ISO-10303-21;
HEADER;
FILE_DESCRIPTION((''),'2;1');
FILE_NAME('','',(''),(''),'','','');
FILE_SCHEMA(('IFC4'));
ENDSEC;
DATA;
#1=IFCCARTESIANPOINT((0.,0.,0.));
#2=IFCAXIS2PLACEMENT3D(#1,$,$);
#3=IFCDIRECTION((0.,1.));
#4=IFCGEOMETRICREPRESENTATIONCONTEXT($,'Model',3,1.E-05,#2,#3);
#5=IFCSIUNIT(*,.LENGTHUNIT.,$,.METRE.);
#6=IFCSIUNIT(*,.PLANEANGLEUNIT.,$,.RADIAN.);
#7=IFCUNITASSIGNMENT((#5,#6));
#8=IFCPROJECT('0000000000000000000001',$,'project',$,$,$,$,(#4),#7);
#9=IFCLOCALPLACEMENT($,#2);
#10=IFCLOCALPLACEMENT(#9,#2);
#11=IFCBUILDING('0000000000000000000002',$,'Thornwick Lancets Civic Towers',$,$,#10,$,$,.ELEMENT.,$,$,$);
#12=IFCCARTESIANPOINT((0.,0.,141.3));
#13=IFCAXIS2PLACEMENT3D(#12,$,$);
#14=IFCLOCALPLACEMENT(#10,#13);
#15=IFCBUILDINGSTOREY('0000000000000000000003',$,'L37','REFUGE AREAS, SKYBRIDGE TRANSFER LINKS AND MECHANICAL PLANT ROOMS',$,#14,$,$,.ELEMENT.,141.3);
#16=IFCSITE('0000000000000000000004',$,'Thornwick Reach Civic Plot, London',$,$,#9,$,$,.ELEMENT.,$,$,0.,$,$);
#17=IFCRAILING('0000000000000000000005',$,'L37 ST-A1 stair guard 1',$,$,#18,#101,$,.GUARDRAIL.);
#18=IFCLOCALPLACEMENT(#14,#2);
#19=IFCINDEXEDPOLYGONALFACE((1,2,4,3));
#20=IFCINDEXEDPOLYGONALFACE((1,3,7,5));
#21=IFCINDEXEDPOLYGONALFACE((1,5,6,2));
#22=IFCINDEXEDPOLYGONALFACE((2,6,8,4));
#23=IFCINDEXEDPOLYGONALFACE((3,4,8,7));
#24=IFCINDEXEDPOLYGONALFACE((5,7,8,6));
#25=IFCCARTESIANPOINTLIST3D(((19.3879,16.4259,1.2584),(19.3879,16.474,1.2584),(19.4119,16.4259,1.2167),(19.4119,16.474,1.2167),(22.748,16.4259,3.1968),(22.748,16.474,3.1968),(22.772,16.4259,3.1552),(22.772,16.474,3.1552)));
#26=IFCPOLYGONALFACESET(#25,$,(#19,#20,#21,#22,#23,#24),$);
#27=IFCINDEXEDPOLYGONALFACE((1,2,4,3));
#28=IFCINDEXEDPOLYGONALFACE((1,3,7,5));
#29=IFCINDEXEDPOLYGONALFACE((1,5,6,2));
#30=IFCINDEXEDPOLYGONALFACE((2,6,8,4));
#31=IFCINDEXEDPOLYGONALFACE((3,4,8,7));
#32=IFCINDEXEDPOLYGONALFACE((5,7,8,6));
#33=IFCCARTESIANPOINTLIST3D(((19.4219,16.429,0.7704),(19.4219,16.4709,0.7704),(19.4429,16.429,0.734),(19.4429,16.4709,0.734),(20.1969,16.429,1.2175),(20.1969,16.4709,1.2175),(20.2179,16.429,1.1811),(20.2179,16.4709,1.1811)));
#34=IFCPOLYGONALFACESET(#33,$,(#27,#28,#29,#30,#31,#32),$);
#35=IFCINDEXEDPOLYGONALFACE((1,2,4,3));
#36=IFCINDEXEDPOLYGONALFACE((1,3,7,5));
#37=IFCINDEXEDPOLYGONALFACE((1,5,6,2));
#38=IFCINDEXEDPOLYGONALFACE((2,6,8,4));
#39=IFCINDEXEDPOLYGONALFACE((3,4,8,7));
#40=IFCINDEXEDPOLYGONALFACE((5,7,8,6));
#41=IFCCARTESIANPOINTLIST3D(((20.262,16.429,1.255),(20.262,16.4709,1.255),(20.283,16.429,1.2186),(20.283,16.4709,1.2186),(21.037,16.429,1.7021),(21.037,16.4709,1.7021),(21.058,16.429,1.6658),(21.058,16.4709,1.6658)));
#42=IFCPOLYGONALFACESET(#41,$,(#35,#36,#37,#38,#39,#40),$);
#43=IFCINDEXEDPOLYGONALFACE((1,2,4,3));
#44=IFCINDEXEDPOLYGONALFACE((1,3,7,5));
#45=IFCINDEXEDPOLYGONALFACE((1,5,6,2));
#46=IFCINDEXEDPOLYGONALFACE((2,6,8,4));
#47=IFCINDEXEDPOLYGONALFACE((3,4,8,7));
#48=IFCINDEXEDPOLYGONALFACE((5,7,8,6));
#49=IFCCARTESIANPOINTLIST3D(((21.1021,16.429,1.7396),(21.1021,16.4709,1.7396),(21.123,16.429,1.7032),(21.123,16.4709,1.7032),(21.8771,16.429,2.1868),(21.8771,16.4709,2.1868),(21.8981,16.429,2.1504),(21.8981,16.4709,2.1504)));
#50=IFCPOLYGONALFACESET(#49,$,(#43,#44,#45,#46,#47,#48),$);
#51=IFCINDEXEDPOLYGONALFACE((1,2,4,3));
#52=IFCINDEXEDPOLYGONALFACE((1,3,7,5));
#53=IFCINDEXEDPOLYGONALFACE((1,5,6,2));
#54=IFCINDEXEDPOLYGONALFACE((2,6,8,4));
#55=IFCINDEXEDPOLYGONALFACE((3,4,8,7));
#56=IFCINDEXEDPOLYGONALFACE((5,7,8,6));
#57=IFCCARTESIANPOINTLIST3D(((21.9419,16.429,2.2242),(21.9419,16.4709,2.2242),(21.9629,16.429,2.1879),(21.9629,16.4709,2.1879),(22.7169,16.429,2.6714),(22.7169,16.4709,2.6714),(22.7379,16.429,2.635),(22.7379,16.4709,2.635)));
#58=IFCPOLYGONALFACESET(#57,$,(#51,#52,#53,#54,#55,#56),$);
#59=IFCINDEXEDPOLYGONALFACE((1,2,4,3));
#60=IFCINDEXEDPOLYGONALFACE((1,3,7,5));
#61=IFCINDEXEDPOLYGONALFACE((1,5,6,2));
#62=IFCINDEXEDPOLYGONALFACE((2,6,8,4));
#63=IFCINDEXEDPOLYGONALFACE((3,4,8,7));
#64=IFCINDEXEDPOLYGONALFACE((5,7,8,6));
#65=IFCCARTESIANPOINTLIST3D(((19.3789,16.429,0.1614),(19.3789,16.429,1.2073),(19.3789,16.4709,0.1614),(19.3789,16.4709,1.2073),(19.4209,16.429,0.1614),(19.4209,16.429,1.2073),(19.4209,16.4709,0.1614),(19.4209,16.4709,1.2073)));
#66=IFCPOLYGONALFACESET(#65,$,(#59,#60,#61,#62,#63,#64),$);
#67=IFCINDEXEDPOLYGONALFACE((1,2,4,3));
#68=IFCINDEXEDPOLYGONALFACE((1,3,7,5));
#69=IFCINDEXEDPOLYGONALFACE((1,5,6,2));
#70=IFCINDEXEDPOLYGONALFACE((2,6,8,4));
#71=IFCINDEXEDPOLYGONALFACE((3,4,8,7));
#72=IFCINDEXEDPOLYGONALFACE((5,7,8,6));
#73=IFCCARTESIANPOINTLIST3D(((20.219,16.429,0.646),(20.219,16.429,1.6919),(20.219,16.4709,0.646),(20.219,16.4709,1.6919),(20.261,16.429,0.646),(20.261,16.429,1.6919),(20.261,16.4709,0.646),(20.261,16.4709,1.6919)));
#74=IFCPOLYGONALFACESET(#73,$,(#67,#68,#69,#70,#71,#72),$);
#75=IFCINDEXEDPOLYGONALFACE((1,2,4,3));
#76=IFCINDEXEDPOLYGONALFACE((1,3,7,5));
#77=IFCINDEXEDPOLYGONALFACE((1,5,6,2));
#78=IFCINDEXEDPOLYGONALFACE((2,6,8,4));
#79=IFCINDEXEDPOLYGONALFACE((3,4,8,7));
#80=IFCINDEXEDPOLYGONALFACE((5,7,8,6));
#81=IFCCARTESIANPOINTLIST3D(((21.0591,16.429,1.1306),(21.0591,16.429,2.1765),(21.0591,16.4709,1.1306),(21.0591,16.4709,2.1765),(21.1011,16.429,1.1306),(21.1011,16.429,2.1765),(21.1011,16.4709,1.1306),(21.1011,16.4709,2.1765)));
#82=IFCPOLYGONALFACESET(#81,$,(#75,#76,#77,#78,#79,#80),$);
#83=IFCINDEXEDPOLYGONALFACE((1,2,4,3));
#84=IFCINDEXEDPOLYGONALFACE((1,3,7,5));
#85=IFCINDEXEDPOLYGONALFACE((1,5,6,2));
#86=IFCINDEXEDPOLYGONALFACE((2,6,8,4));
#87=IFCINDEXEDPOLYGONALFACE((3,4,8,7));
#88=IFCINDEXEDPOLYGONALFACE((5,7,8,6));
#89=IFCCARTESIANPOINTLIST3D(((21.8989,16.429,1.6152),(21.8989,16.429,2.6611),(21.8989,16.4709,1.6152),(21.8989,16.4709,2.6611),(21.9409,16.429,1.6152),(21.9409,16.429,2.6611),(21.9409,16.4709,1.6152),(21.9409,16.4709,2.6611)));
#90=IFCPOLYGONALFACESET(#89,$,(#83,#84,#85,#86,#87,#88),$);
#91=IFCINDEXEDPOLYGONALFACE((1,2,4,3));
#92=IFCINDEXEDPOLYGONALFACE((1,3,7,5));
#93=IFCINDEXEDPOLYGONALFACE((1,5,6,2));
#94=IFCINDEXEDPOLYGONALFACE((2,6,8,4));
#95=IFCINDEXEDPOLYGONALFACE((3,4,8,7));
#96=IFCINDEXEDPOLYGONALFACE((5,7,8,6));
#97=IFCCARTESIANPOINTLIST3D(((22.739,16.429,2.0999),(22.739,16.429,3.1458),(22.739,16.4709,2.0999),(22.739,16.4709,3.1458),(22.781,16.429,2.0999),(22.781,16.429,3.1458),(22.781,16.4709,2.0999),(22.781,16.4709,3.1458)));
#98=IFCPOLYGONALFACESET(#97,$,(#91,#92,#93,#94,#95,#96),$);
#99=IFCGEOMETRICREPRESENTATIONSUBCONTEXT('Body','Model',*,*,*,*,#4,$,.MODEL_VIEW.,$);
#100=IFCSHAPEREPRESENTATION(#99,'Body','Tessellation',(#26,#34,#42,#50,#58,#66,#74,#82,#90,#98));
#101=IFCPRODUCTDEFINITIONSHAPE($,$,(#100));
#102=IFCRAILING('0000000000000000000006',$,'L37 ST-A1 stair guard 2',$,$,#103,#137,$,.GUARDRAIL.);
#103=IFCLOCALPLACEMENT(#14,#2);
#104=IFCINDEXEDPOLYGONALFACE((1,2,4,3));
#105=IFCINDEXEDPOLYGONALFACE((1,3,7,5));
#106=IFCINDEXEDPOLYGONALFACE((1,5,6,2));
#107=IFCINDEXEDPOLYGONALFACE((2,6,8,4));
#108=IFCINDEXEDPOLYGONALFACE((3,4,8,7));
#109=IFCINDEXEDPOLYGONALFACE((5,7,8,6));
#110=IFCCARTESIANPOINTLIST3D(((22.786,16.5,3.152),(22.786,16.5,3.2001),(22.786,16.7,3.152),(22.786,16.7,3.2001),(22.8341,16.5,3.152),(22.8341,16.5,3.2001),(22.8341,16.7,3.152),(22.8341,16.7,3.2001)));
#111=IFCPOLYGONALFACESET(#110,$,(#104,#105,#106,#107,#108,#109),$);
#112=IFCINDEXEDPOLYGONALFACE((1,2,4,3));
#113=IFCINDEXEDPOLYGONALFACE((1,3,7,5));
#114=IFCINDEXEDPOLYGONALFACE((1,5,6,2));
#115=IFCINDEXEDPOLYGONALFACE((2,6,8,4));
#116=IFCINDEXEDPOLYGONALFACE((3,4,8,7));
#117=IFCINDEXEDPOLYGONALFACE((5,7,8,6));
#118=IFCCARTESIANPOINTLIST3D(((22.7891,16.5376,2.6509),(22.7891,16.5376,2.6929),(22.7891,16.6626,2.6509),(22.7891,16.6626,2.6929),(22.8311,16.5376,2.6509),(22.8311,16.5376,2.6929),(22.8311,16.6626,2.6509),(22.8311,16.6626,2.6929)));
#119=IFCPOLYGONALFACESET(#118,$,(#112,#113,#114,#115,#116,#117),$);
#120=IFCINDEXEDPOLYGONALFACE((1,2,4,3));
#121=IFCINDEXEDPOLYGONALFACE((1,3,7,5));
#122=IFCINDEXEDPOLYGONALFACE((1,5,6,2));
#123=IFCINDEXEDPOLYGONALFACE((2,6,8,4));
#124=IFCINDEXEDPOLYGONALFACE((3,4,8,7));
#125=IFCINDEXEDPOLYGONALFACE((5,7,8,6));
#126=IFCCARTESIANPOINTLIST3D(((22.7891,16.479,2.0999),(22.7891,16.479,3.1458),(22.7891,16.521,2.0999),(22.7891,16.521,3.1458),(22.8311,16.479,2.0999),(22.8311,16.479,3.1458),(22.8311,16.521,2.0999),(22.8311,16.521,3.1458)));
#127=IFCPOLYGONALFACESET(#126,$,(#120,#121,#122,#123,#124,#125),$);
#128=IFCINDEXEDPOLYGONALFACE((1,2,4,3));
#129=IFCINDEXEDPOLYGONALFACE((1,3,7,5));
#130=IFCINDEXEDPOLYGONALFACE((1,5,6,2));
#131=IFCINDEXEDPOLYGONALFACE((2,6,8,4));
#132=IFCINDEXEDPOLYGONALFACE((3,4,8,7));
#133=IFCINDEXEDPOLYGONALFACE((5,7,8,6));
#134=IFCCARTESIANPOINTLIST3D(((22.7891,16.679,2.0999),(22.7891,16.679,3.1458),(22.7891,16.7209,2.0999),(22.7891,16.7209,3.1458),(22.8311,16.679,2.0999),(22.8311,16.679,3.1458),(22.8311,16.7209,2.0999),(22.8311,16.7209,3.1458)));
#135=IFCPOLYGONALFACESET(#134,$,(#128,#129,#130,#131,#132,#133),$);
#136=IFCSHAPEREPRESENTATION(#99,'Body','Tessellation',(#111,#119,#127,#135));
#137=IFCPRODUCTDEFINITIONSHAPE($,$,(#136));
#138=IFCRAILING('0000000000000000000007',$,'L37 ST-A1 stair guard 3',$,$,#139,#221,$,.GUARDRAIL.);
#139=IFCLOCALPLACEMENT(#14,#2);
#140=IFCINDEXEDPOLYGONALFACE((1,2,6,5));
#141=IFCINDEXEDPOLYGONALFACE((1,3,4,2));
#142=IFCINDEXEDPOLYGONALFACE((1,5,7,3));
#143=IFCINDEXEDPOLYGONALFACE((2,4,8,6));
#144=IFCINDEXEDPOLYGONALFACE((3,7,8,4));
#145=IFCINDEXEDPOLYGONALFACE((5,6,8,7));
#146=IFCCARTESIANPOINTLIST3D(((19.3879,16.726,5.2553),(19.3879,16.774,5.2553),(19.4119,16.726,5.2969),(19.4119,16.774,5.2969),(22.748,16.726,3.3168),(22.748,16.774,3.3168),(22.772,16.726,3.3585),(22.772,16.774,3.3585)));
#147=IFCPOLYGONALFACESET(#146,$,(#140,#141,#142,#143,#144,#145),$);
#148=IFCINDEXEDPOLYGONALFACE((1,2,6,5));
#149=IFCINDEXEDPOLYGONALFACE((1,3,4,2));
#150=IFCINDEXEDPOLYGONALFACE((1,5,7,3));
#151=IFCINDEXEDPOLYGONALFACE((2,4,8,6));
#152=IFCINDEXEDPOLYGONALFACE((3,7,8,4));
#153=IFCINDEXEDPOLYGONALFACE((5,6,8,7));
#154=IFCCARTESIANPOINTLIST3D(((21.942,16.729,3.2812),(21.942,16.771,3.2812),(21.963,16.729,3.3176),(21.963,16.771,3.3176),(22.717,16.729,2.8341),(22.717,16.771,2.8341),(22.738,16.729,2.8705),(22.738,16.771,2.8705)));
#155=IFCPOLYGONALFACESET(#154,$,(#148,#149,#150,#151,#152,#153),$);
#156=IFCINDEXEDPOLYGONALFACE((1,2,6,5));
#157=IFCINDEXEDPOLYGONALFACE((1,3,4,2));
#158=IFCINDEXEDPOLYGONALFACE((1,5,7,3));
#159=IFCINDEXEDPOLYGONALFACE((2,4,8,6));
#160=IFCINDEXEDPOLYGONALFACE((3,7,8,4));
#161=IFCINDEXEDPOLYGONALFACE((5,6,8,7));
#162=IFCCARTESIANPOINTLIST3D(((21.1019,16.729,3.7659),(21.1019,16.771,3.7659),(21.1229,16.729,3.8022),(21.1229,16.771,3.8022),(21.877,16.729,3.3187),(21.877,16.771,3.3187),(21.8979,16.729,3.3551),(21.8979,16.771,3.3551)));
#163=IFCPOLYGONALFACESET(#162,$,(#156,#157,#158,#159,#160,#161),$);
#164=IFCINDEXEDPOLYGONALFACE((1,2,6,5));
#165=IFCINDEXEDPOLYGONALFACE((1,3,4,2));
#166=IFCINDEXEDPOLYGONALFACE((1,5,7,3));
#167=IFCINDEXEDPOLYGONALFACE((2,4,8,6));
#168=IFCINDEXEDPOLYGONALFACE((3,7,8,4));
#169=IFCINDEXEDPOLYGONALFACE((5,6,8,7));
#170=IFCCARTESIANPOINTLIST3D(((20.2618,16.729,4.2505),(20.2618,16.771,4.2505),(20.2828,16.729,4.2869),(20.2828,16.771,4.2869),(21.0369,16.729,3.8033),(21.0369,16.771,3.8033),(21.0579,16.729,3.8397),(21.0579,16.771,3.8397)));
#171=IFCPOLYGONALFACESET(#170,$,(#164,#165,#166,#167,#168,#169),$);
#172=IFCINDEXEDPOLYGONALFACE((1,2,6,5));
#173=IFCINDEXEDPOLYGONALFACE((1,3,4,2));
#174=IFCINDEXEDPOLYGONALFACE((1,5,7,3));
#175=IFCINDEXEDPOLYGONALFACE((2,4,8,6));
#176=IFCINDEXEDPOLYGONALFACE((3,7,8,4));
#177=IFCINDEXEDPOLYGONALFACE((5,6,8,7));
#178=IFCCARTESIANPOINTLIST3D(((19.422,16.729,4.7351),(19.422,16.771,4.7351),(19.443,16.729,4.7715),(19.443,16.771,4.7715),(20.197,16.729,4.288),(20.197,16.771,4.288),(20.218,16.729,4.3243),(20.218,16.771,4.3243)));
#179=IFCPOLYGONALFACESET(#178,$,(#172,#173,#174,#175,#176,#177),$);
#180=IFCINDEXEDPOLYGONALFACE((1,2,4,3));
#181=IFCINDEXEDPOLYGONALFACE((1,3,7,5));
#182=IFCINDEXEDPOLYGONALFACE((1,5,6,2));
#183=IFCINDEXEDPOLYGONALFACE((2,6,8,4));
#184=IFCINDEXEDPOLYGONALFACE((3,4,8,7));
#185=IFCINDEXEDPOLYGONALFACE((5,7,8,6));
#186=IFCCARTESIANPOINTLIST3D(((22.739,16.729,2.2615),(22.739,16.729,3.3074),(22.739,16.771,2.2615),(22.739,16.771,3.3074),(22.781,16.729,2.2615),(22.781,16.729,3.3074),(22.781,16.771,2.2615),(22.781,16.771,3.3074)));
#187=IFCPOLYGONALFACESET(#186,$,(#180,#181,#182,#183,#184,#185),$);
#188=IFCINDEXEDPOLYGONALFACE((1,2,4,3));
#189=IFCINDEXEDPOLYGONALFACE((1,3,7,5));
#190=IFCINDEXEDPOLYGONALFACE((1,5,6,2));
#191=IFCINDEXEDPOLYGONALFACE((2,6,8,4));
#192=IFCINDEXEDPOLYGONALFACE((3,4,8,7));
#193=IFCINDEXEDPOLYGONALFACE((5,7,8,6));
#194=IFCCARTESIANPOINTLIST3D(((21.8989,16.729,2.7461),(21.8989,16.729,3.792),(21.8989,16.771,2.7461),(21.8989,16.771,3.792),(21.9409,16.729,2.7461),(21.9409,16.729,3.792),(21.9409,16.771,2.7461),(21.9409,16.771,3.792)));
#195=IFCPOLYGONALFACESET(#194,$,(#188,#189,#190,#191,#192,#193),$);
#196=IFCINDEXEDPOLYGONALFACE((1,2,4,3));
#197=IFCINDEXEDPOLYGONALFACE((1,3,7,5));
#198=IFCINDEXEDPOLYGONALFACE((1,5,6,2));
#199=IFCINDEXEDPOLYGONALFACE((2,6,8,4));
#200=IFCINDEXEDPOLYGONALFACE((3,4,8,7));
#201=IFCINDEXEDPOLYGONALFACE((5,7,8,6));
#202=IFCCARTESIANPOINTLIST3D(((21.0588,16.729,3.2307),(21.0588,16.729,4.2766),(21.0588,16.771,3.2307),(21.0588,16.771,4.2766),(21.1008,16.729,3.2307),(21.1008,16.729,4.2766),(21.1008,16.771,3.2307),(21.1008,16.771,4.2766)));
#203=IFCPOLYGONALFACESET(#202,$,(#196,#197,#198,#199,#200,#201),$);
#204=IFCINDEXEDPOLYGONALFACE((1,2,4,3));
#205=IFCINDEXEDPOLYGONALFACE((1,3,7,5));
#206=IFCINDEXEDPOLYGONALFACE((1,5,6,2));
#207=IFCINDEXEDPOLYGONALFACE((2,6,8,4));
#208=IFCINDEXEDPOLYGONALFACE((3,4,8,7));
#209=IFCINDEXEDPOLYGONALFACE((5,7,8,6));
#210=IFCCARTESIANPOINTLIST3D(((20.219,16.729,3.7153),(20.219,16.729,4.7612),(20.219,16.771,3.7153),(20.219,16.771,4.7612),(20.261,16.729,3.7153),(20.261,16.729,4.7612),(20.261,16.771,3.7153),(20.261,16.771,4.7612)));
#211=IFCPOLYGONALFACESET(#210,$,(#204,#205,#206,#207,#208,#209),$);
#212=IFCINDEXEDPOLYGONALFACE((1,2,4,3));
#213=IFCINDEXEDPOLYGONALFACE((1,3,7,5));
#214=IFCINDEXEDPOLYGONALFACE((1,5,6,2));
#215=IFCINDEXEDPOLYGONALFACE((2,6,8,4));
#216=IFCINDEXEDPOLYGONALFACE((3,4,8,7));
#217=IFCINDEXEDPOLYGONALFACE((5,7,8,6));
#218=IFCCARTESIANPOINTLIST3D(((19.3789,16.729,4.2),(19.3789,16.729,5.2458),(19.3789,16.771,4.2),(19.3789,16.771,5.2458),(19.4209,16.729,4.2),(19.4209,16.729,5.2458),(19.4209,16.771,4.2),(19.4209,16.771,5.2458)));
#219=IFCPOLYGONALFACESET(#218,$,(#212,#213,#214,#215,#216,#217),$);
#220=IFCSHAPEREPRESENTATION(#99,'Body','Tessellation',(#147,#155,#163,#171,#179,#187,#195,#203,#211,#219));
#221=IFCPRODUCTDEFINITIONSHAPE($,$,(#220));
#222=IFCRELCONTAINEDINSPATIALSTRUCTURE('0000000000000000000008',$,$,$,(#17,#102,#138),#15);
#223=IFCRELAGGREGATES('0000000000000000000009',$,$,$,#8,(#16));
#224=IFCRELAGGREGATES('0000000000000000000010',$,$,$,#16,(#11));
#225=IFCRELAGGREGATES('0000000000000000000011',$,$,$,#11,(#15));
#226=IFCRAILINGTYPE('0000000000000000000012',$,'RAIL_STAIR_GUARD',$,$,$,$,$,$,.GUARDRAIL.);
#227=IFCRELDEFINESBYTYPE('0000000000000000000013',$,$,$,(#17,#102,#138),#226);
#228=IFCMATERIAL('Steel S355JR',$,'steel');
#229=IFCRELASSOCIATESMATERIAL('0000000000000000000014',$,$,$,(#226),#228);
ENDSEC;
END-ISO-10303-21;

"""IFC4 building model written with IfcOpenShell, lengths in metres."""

from ifc_helpers import new_model, si_unit, direction, frame, origin, origin_2d, place, context, subcontext, project, spatial, rectangle, extrude, material, type_object, element, save


model = new_model("IFC4")

# Units and contexts
model_context = context("Model", 3, precision=1e-05, world=origin(), true_north=direction((0.0, 1.0)))
body_context = subcontext(model_context, "Body", "Model", "MODEL_VIEW")
ifc_project = project(units=[si_unit("LENGTHUNIT", "METRE"), si_unit("PLANEANGLEUNIT", "RADIAN")], contexts=[model_context])

# Site, building, storey
site_placement = place(None, origin())
site = spatial("IfcSite", under=ifc_project, at=site_placement, Name="Thornwick Reach Civic Plot, London", CompositionType="ELEMENT", RefElevation=0.0)
building_placement = place(site_placement, origin())
building = spatial("IfcBuilding", under=site, at=building_placement, Name="Thornwick Lancets Civic Towers", CompositionType="ELEMENT")
storey_placement = place(building_placement, frame((0.0, 0.0, 141.3)))
storey = spatial("IfcBuildingStorey", under=building, at=storey_placement, Name="L37", Description="REFUGE AREAS, SKYBRIDGE TRANSFER LINKS AND MECHANICAL PLANT ROOMS", CompositionType="ELEMENT", Elevation=141.3)

# Railings
ifc_material_1 = material(Name="Steel S355JR", Category="steel")
railing_type_1 = type_object("IfcRailingType", Name="RAIL_STAIR_GUARD", PredefinedType="GUARDRAIL", material=ifc_material_1)
railing_1_placement = place(storey_placement, frame((19.3999, 16.45, 0.1614)))
element("IfcRailing", 1, at=railing_1_placement, inside=storey, type_object=railing_type_1, Name="L37 ST-A1 stair guard 1", PredefinedType="GUARDRAIL", context=body_context, shape_type="SweptSolid", body=[
    extrude(rectangle(XDim=0.0481, YDim=0.0481, at=origin_2d()), frame((0.0, 0.0, 1.0762), z_axis=(0.866191, 0.0, 0.499713), x_axis=(0.0, 1.0, 0.0)), (0.0, 0.0, 1.0), 3.8792),
    extrude(rectangle(XDim=0.042, YDim=0.042, at=origin_2d()), frame((0.0325, 0.0, 0.5908), z_axis=(0.866191, 0.0, 0.499713), x_axis=(0.0, 1.0, 0.0)), (0.0, 0.0, 1.0), 0.8948),
    extrude(rectangle(XDim=0.042, YDim=0.042, at=origin_2d()), frame((0.8726, 0.0, 1.0754), z_axis=(0.866191, 0.0, 0.499713), x_axis=(0.0, 1.0, 0.0)), (0.0, 0.0, 1.0), 0.8948),
    extrude(rectangle(XDim=0.042, YDim=0.042, at=origin_2d()), frame((1.7126, 0.0, 1.5601), z_axis=(0.866191, 0.0, 0.499713), x_axis=(0.0, 1.0, 0.0)), (0.0, 0.0, 1.0), 0.8948),
    extrude(rectangle(XDim=0.042, YDim=0.042, at=origin_2d()), frame((2.5525, 0.0, 2.0447), z_axis=(0.866191, 0.0, 0.499713), x_axis=(0.0, 1.0, 0.0)), (0.0, 0.0, 1.0), 0.8948),
    extrude(rectangle(XDim=0.042, YDim=0.042, at=origin_2d()), origin(), (0.0, 0.0, 1.0), 1.0459),
    extrude(rectangle(XDim=0.042, YDim=0.042, at=origin_2d()), frame((0.8401, 0.0, 0.4846)), (0.0, 0.0, 1.0), 1.0459),
    extrude(rectangle(XDim=0.042, YDim=0.042, at=origin_2d()), frame((1.6802, 0.0, 0.9692)), (0.0, 0.0, 1.0), 1.0459),
    extrude(rectangle(XDim=0.042, YDim=0.042, at=origin_2d()), frame((2.52, 0.0, 1.4539)), (0.0, 0.0, 1.0), 1.0459),
    extrude(rectangle(XDim=0.042, YDim=0.042, at=origin_2d()), frame((3.3601, 0.0, 1.9385)), (0.0, 0.0, 1.0), 1.0459),
])
railing_2_placement = place(storey_placement, frame((22.8101, 16.5, 2.0999)))
element("IfcRailing", 2, at=railing_2_placement, inside=storey, type_object=railing_type_1, Name="L37 ST-A1 stair guard 2", PredefinedType="GUARDRAIL", context=body_context, shape_type="SweptSolid", body=[
    extrude(rectangle(XDim=0.0481, YDim=0.0481, at=origin_2d()), frame((0.0, 0.0, 1.0762), z_axis=(0.0, 1.0, 0.0), x_axis=(-1.0, 0.0, 0.0)), (0.0, 0.0, 1.0), 0.2),
    extrude(rectangle(XDim=0.042, YDim=0.042, at=origin_2d()), frame((0.0, 0.0376, 0.572), z_axis=(0.0, 1.0, 0.0), x_axis=(-1.0, 0.0, 0.0)), (0.0, 0.0, 1.0), 0.125),
    extrude(rectangle(XDim=0.042, YDim=0.042, at=origin_2d()), origin(), (0.0, 0.0, 1.0), 1.0459),
    extrude(rectangle(XDim=0.042, YDim=0.042, at=origin_2d()), frame((0.0, 0.2, 0.0)), (0.0, 0.0, 1.0), 1.0459),
])
railing_3_placement = place(storey_placement, frame((22.76, 16.75, 2.2615)))
element("IfcRailing", 3, at=railing_3_placement, inside=storey, type_object=railing_type_1, Name="L37 ST-A1 stair guard 3", PredefinedType="GUARDRAIL", context=body_context, shape_type="SweptSolid", body=[
    extrude(rectangle(XDim=0.0481, YDim=0.0481, at=origin_2d()), frame((0.0, 0.0, 1.0762), z_axis=(-0.866191, 0.0, 0.499713), x_axis=(0.0, -1.0, 0.0)), (0.0, 0.0, 1.0), 3.8792),
    extrude(rectangle(XDim=0.042, YDim=0.042, at=origin_2d()), frame((-0.0325, 0.0, 0.5908), z_axis=(-0.866191, 0.0, 0.499713), x_axis=(0.0, -1.0, 0.0)), (0.0, 0.0, 1.0), 0.8948),
    extrude(rectangle(XDim=0.042, YDim=0.042, at=origin_2d()), frame((-0.8726, 0.0, 1.0754), z_axis=(-0.866191, 0.0, 0.499713), x_axis=(0.0, -1.0, 0.0)), (0.0, 0.0, 1.0), 0.8948),
    extrude(rectangle(XDim=0.042, YDim=0.042, at=origin_2d()), frame((-1.7126, 0.0, 1.5601), z_axis=(-0.866191, 0.0, 0.499713), x_axis=(0.0, -1.0, 0.0)), (0.0, 0.0, 1.0), 0.8948),
    extrude(rectangle(XDim=0.042, YDim=0.042, at=origin_2d()), frame((-2.5525, 0.0, 2.0447), z_axis=(-0.866191, 0.0, 0.499713), x_axis=(0.0, -1.0, 0.0)), (0.0, 0.0, 1.0), 0.8948),
    extrude(rectangle(XDim=0.042, YDim=0.042, at=origin_2d()), origin(), (0.0, 0.0, 1.0), 1.0459),
    extrude(rectangle(XDim=0.042, YDim=0.042, at=origin_2d()), frame((-0.8401, 0.0, 0.4846)), (0.0, 0.0, 1.0), 1.0459),
    extrude(rectangle(XDim=0.042, YDim=0.042, at=origin_2d()), frame((-1.6802, 0.0, 0.9692)), (0.0, 0.0, 1.0), 1.0459),
    extrude(rectangle(XDim=0.042, YDim=0.042, at=origin_2d()), frame((-2.52, 0.0, 1.4539)), (0.0, 0.0, 1.0), 1.0459),
    extrude(rectangle(XDim=0.042, YDim=0.042, at=origin_2d()), frame((-3.3601, 0.0, 1.9385)), (0.0, 0.0, 1.0), 1.0459),
])

save(model, "model.ifc")
